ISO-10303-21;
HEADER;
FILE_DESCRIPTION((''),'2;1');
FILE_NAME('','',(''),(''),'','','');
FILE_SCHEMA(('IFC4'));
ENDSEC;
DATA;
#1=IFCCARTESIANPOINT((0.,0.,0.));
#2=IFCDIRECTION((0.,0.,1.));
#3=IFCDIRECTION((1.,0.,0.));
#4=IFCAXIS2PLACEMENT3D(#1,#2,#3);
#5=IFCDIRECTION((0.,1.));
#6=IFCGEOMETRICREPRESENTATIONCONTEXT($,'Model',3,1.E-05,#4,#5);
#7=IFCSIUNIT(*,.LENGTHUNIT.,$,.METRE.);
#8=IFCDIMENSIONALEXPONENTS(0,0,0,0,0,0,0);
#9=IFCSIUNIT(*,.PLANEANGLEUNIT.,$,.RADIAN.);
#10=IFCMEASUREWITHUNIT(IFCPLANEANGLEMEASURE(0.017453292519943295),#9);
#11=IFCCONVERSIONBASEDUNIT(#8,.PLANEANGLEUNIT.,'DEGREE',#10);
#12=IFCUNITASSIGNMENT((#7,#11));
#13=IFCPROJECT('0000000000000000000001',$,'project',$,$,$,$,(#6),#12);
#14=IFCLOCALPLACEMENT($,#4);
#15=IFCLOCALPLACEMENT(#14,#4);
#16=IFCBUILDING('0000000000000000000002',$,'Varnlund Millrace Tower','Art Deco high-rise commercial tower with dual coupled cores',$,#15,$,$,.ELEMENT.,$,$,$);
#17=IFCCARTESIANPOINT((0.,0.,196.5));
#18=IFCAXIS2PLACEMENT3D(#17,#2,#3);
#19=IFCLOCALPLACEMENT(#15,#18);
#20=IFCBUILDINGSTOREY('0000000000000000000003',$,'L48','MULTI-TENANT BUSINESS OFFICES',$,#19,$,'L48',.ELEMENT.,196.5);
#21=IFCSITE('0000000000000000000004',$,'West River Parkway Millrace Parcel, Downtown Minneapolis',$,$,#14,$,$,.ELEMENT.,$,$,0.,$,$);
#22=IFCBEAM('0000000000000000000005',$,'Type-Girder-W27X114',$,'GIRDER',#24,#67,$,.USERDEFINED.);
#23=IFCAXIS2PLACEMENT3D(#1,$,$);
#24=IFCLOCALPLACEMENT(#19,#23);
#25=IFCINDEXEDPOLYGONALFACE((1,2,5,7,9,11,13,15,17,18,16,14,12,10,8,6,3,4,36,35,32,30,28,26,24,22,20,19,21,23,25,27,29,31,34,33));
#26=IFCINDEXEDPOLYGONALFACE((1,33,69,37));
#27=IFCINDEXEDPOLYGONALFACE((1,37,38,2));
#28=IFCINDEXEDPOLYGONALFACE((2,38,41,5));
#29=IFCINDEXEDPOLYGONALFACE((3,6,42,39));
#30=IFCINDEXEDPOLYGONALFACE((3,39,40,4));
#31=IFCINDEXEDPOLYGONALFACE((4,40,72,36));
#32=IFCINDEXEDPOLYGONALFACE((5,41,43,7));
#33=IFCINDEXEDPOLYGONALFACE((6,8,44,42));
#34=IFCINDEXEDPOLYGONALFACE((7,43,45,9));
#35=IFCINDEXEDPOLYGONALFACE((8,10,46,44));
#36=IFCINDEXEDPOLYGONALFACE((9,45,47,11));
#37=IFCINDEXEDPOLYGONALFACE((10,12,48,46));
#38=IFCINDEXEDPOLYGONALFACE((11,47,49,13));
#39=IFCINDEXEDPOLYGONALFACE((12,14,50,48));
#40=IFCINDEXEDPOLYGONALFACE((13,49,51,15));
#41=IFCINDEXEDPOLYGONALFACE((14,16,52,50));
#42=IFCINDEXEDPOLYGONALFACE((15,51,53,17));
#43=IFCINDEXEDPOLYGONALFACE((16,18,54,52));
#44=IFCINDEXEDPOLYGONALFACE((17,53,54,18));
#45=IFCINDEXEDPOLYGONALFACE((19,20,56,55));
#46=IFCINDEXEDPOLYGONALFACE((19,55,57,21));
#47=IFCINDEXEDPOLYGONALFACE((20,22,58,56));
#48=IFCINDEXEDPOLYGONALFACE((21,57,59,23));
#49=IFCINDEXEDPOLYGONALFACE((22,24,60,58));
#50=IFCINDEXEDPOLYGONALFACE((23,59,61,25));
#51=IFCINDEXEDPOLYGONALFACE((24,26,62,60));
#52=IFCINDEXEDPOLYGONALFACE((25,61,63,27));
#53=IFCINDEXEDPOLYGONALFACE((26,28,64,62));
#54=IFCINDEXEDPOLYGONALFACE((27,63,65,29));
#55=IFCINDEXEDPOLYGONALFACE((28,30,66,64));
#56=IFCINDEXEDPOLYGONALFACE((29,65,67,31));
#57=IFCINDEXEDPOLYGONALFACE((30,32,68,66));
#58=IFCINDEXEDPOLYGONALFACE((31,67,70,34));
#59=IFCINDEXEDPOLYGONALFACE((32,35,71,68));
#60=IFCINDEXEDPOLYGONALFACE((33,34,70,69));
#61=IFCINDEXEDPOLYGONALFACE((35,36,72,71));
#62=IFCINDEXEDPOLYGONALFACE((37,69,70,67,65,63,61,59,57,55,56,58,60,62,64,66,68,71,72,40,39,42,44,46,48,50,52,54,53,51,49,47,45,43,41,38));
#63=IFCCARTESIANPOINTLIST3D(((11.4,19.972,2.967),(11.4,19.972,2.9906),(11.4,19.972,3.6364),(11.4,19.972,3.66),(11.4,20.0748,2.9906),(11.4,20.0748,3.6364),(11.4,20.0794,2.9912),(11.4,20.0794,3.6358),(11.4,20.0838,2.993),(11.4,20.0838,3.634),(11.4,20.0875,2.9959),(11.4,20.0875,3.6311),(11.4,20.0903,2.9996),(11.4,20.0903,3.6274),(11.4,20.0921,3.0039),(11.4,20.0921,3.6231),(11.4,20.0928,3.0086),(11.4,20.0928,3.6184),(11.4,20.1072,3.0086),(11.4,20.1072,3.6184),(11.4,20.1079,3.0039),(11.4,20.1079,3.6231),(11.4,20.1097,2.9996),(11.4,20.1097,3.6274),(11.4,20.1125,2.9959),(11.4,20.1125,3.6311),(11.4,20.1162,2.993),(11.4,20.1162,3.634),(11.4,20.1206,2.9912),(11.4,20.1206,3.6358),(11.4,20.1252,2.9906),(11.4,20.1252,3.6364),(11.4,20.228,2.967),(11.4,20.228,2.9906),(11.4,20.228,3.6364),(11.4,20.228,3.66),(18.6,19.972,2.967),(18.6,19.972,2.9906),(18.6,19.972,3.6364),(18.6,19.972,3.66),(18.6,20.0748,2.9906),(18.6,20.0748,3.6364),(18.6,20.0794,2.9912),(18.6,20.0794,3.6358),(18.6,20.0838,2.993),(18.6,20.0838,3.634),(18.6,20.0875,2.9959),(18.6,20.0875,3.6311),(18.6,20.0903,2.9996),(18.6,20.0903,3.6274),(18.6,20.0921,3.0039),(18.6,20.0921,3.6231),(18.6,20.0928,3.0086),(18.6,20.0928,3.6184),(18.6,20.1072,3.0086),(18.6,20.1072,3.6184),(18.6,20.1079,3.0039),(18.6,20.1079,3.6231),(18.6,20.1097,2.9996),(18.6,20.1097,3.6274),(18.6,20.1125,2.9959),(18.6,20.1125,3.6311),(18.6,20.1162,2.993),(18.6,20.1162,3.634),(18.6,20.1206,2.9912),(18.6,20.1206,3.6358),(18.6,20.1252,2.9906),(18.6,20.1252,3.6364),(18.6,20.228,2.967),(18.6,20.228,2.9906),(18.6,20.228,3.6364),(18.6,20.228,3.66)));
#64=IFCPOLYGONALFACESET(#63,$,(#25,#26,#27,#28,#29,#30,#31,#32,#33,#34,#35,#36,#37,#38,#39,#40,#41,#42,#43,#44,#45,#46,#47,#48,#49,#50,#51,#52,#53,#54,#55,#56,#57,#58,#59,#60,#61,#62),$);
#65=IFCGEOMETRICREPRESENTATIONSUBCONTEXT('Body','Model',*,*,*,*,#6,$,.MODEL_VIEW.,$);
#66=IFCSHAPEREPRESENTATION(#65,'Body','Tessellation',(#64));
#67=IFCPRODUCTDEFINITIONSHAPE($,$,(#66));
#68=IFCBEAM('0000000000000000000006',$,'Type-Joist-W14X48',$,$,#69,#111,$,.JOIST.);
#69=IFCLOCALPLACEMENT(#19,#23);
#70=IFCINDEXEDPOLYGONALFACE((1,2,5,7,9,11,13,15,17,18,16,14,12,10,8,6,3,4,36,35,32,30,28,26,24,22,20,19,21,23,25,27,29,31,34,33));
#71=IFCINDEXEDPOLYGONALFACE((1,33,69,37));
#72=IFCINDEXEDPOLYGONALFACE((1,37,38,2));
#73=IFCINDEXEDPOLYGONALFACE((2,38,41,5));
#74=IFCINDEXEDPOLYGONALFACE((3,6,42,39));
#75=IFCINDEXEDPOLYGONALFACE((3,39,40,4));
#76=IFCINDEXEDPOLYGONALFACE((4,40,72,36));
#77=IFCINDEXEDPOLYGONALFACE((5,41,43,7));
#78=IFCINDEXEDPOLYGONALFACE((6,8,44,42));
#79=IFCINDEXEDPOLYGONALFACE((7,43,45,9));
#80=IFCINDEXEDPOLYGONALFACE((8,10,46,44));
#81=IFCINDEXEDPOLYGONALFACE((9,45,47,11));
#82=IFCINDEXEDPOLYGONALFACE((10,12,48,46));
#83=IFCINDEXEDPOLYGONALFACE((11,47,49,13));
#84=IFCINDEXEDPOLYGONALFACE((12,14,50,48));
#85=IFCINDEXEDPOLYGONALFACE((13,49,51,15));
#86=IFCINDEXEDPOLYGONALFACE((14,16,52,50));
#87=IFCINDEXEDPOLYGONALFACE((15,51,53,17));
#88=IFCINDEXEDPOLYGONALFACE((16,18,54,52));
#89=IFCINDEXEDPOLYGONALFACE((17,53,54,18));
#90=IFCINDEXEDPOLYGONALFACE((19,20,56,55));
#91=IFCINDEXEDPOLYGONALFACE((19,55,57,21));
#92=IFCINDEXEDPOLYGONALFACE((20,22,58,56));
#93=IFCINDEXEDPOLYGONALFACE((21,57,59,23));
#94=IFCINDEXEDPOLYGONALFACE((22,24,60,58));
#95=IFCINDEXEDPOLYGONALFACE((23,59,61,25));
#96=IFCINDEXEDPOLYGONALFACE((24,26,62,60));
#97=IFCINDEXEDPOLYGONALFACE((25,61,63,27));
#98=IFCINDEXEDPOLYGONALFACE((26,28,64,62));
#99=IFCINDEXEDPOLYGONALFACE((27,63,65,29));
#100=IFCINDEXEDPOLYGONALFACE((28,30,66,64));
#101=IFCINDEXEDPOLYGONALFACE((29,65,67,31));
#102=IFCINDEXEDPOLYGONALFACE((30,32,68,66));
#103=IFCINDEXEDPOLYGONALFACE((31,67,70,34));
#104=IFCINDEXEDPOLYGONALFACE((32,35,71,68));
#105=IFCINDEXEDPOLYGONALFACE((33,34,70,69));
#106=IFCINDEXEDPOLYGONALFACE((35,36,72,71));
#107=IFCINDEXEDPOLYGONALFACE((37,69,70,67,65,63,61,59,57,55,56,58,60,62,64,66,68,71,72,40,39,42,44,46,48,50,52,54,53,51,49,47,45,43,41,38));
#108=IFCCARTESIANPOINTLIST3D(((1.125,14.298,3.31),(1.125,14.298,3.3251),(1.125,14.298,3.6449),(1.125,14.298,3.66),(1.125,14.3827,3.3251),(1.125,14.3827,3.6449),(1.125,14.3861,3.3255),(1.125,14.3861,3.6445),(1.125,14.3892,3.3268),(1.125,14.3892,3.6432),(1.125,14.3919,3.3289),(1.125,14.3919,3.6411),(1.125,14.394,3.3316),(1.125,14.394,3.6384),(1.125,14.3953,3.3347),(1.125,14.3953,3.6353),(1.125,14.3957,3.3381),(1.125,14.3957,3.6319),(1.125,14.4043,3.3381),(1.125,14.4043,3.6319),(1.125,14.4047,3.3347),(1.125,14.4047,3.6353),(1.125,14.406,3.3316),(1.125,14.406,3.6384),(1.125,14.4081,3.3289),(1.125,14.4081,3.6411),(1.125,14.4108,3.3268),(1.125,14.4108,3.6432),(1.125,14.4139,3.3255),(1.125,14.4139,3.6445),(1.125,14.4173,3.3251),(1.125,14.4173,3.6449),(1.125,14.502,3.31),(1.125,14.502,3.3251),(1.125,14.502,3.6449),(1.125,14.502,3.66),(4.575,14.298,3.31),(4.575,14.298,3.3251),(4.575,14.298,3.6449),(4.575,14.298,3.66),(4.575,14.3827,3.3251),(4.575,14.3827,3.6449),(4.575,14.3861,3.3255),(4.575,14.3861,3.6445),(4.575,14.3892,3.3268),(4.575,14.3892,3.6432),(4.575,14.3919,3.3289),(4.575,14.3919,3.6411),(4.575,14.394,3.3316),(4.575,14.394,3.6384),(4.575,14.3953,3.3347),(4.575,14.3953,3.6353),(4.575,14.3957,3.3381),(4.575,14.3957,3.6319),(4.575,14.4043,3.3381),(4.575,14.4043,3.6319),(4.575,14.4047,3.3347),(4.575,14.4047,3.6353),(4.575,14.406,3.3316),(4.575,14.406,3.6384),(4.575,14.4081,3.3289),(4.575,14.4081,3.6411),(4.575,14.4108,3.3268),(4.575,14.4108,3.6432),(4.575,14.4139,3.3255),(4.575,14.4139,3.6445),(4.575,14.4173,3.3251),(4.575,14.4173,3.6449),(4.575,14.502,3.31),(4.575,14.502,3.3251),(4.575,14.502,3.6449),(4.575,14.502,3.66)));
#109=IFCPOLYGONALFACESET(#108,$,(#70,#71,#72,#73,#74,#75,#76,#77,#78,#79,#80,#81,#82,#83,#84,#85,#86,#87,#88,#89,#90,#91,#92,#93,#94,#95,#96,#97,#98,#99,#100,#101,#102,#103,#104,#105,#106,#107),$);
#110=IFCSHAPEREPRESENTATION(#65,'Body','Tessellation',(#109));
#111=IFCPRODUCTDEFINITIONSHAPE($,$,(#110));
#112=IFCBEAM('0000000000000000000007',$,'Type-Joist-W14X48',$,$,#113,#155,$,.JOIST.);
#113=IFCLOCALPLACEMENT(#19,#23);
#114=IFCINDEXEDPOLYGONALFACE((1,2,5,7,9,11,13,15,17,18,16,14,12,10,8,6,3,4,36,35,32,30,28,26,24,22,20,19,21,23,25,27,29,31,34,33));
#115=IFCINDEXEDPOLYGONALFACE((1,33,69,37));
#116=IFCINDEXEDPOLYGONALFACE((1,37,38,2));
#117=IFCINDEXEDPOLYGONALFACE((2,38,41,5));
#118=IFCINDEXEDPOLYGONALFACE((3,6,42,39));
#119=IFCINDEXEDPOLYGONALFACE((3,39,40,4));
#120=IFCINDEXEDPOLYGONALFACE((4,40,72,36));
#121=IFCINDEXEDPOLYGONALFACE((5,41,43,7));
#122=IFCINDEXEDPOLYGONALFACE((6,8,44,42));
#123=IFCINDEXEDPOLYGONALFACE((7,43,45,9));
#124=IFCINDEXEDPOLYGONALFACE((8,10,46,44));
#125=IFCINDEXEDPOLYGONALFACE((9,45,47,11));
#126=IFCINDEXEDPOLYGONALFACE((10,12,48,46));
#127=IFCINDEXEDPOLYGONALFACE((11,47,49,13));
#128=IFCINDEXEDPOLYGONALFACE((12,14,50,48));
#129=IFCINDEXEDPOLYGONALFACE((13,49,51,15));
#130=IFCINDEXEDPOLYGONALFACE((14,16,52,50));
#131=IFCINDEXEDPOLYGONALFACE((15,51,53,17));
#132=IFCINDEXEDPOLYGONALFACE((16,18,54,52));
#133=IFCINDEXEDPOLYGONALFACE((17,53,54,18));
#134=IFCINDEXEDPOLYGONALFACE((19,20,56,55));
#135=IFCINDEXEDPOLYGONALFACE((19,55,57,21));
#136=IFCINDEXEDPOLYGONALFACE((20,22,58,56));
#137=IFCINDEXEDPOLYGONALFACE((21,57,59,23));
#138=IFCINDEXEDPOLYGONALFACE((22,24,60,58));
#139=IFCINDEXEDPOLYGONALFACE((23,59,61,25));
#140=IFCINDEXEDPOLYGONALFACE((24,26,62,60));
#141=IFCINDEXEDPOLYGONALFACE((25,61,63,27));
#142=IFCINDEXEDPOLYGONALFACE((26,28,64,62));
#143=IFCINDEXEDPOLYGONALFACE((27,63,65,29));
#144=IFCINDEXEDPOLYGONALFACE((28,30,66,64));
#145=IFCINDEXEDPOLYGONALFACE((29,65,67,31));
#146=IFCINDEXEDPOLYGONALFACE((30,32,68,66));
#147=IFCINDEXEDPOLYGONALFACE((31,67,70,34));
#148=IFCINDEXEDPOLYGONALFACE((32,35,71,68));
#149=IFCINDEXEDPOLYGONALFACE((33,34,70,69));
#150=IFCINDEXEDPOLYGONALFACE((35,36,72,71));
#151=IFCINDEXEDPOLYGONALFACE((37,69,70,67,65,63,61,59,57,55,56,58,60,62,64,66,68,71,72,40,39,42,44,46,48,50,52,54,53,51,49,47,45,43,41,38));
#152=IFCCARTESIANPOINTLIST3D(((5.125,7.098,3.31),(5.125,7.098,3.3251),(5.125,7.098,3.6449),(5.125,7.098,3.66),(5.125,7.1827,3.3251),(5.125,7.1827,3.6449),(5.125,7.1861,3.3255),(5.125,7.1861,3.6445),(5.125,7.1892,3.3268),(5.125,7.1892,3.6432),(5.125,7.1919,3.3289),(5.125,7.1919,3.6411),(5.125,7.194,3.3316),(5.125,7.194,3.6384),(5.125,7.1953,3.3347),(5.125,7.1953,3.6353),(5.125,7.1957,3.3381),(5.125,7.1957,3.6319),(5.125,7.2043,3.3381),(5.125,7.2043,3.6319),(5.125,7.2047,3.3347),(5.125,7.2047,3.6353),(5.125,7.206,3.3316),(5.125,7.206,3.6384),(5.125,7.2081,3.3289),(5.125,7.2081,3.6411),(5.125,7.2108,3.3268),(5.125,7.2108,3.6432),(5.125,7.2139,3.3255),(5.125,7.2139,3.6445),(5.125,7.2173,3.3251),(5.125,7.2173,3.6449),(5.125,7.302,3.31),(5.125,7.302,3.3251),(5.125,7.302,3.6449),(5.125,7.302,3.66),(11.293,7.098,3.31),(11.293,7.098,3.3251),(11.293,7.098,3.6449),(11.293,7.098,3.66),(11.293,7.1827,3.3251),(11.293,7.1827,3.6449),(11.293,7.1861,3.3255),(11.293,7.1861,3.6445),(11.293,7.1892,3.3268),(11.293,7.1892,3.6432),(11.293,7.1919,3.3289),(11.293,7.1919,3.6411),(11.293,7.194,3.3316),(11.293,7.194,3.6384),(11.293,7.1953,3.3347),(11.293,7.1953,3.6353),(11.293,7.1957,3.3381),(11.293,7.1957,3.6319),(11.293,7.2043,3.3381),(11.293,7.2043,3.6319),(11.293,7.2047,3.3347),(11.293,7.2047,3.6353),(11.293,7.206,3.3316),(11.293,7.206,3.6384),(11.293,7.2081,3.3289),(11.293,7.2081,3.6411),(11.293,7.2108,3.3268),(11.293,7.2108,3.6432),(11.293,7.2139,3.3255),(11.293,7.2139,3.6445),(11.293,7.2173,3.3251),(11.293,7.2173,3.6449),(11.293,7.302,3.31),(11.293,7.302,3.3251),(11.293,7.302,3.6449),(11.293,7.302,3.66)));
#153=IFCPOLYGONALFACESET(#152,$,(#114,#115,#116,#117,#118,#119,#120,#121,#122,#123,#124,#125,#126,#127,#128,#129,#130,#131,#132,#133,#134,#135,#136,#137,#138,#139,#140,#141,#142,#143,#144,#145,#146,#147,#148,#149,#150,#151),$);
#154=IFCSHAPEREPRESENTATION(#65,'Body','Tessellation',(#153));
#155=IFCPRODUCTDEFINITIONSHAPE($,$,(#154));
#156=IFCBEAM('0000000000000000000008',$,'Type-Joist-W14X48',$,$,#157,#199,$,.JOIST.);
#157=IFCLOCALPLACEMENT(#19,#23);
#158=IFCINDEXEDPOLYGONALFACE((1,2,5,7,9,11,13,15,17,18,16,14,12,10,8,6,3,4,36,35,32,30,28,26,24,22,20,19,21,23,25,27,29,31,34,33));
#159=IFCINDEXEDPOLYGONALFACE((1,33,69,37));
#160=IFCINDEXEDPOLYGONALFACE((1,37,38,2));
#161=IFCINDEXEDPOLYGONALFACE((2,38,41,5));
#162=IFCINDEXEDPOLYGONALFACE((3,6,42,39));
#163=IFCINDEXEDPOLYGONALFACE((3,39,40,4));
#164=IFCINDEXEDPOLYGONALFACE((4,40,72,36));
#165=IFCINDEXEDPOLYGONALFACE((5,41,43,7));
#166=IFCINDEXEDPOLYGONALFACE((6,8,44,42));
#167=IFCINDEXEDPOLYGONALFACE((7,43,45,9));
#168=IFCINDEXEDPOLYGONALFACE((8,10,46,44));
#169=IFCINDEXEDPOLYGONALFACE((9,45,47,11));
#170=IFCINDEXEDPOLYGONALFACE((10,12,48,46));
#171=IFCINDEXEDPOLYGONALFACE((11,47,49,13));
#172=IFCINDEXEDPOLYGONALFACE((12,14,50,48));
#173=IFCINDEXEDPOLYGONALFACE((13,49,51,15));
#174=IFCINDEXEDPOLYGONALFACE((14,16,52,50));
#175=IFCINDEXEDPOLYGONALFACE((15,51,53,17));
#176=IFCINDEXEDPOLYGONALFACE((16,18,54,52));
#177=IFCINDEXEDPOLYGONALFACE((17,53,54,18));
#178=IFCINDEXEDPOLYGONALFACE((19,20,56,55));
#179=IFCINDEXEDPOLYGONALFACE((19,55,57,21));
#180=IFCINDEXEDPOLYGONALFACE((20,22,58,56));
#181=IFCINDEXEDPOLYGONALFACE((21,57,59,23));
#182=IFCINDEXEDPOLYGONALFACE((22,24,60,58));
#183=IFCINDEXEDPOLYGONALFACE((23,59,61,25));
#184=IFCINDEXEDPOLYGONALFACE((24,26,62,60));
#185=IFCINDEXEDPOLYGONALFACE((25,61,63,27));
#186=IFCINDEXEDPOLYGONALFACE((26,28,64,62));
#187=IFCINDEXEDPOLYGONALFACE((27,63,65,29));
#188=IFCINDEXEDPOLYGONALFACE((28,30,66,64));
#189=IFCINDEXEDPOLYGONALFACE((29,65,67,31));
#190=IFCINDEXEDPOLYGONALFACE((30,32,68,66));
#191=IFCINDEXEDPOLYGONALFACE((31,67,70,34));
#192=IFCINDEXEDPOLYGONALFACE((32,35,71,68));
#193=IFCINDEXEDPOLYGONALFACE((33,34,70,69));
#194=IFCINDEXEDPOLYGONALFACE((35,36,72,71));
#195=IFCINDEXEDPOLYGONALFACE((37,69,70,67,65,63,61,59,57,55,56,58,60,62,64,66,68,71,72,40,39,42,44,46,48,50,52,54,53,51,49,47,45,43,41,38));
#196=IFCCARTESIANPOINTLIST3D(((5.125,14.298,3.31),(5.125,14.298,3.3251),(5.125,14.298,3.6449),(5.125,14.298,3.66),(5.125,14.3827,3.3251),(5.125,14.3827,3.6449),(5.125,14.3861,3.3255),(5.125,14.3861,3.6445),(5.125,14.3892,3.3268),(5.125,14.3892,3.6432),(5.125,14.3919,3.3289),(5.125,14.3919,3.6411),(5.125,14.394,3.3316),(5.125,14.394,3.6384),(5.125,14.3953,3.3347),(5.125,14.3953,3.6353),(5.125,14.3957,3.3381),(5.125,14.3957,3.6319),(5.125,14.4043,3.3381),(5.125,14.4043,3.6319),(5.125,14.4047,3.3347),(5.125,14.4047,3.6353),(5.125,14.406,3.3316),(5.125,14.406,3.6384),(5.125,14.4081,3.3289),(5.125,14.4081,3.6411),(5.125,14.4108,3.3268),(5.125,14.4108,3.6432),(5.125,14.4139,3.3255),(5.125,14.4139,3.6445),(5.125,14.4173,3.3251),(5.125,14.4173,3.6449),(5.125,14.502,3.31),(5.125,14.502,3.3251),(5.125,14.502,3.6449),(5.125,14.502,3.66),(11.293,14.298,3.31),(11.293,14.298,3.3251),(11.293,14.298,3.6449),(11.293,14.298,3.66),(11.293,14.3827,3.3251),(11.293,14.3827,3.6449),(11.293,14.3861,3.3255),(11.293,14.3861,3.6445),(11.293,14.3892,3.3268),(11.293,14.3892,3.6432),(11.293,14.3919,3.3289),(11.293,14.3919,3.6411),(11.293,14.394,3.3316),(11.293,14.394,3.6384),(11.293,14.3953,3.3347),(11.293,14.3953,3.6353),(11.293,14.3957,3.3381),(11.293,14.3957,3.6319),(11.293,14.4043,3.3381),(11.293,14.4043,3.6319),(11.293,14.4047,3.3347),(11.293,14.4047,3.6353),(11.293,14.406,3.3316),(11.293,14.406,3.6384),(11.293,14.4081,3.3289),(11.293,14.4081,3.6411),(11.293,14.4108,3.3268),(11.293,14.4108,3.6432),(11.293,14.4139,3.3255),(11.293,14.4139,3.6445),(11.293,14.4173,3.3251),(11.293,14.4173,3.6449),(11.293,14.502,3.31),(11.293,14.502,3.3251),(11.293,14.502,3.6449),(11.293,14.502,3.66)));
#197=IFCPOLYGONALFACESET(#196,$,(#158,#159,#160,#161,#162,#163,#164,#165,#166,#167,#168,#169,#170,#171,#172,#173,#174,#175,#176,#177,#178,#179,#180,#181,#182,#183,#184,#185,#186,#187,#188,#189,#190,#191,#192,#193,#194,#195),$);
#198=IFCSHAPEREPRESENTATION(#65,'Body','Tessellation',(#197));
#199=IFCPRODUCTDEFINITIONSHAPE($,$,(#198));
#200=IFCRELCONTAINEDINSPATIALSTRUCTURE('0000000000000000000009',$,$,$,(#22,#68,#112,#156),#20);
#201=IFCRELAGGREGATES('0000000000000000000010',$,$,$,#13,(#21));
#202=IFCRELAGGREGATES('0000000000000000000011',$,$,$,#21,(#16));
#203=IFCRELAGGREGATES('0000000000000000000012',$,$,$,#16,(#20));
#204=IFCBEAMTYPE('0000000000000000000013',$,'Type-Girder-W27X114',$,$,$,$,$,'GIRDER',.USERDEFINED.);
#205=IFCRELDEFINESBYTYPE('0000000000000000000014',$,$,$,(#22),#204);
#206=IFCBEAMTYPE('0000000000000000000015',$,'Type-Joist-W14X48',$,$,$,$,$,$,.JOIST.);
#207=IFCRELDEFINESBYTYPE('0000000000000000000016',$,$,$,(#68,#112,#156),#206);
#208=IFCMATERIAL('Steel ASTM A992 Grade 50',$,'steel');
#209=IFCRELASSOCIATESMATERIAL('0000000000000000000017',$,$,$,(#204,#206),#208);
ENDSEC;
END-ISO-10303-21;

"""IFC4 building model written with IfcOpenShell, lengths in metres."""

from ifc_helpers import new_model, entity, si_unit, converted_unit, direction, frame, origin_with_axes, origin_2d_with_axis, place, context, subcontext, project, spatial, i_section, extrude, material, material_profile, profile_set, type_object, element, save


model = new_model("IFC4")

# Units and contexts
model_context = context("Model", 3, precision=1e-05, world=origin_with_axes(), true_north=direction((0.0, 1.0)))
body_context = subcontext(model_context, "Body", "Model", "MODEL_VIEW")
ifc_project = project(units=[si_unit("LENGTHUNIT", "METRE"), converted_unit("PLANEANGLEUNIT", "DEGREE", entity("IfcPlaneAngleMeasure", 0.017453292519943295), si_unit("PLANEANGLEUNIT", "RADIAN"), dimensions=[0, 0, 0, 0, 0, 0, 0])], contexts=[model_context])

# Site, building, storey
site_placement = place(None, origin_with_axes())
site = spatial("IfcSite", under=ifc_project, at=site_placement, Name="West River Parkway Millrace Parcel, Downtown Minneapolis", CompositionType="ELEMENT", RefElevation=0.0)
building_placement = place(site_placement, origin_with_axes())
building = spatial("IfcBuilding", under=site, at=building_placement, Name="Varnlund Millrace Tower", Description="Art Deco high-rise commercial tower with dual coupled cores", CompositionType="ELEMENT")
storey_placement = place(building_placement, frame((0.0, 0.0, 196.5), z_axis=(0.0, 0.0, 1.0), x_axis=(1.0, 0.0, 0.0)))
storey = spatial("IfcBuildingStorey", under=building, at=storey_placement, Name="L48", Description="MULTI-TENANT BUSINESS OFFICES", LongName="L48", CompositionType="ELEMENT", Elevation=196.5)

# Beams
ifc_material_1 = material(Name="Steel ASTM A992 Grade 50", Category="steel")
ifc_material_profile_1 = material_profile(ifc_material_1, i_section(OverallWidth=0.256, OverallDepth=0.693, WebThickness=0.0145, FlangeThickness=0.0236, FilletRadius=0.018, at=origin_2d_with_axis()), Name="Steel ASTM A992 Grade 50")
ifc_profile_set_1 = profile_set([ifc_material_profile_1], Name="Steel ASTM A992 Grade 50")
beam_type_1 = type_object("IfcBeamType", Name="Type-Girder-W27X114", ElementType="GIRDER", PredefinedType="USERDEFINED", material=ifc_profile_set_1)
beam_1_placement = place(storey_placement, frame((11.4, 20.1, 3.3135), z_axis=(1.0, 0.0, 0.0), x_axis=(0.0, 1.0, 0.0)))
element("IfcBeam", 1, at=beam_1_placement, inside=storey, type_object=beam_type_1, Name="Type-Girder-W27X114", ObjectType="GIRDER", PredefinedType="USERDEFINED", context=body_context, shape_type="SweptSolid", body=[
    extrude(i_section(OverallWidth=0.256, OverallDepth=0.693, WebThickness=0.0145, FlangeThickness=0.0236, FilletRadius=0.018, at=origin_2d_with_axis()), origin_with_axes(), (0.0, 0.0, 1.0), 7.2),
])
ifc_material_profile_2 = material_profile(ifc_material_1, i_section(OverallWidth=0.204, OverallDepth=0.35, WebThickness=0.0086, FlangeThickness=0.0151, FilletRadius=0.013, at=origin_2d_with_axis()), Name="Steel ASTM A992 Grade 50")
ifc_profile_set_2 = profile_set([ifc_material_profile_2], Name="Steel ASTM A992 Grade 50")
beam_type_2 = type_object("IfcBeamType", Name="Type-Joist-W14X48", PredefinedType="JOIST", material=ifc_profile_set_2)
beam_2_placement = place(storey_placement, frame((1.125, 14.4, 3.485), z_axis=(1.0, 0.0, 0.0), x_axis=(0.0, 1.0, 0.0)))
element("IfcBeam", 2, at=beam_2_placement, inside=storey, type_object=beam_type_2, Name="Type-Joist-W14X48", PredefinedType="JOIST", context=body_context, shape_type="SweptSolid", body=[
    extrude(i_section(OverallWidth=0.204, OverallDepth=0.35, WebThickness=0.0086, FlangeThickness=0.0151, FilletRadius=0.013, at=origin_2d_with_axis()), origin_with_axes(), (0.0, 0.0, 1.0), 3.45),
])
for number, where, z_axis, x_axis, name in (
    (3, (5.125, 7.2, 3.485), (1.0, 0.0, 0.0), (0.0, 1.0, 0.0), "Type-Joist-W14X48"),
    (4, (5.125, 14.4, 3.485), (1.0, 0.0, 0.0), (0.0, 1.0, 0.0), "Type-Joist-W14X48"),
):
    element("IfcBeam", number, at=place(storey_placement, frame(where, z_axis=z_axis, x_axis=x_axis)), inside=storey, type_object=beam_type_2, Name=name, PredefinedType="JOIST", context=body_context, shape_type="SweptSolid", body=[
        extrude(i_section(OverallWidth=0.204, OverallDepth=0.35, WebThickness=0.0086, FlangeThickness=0.0151, FilletRadius=0.013, at=origin_2d_with_axis()), origin_with_axes(), (0.0, 0.0, 1.0), 6.168),
    ])

save(model, "model.ifc")
